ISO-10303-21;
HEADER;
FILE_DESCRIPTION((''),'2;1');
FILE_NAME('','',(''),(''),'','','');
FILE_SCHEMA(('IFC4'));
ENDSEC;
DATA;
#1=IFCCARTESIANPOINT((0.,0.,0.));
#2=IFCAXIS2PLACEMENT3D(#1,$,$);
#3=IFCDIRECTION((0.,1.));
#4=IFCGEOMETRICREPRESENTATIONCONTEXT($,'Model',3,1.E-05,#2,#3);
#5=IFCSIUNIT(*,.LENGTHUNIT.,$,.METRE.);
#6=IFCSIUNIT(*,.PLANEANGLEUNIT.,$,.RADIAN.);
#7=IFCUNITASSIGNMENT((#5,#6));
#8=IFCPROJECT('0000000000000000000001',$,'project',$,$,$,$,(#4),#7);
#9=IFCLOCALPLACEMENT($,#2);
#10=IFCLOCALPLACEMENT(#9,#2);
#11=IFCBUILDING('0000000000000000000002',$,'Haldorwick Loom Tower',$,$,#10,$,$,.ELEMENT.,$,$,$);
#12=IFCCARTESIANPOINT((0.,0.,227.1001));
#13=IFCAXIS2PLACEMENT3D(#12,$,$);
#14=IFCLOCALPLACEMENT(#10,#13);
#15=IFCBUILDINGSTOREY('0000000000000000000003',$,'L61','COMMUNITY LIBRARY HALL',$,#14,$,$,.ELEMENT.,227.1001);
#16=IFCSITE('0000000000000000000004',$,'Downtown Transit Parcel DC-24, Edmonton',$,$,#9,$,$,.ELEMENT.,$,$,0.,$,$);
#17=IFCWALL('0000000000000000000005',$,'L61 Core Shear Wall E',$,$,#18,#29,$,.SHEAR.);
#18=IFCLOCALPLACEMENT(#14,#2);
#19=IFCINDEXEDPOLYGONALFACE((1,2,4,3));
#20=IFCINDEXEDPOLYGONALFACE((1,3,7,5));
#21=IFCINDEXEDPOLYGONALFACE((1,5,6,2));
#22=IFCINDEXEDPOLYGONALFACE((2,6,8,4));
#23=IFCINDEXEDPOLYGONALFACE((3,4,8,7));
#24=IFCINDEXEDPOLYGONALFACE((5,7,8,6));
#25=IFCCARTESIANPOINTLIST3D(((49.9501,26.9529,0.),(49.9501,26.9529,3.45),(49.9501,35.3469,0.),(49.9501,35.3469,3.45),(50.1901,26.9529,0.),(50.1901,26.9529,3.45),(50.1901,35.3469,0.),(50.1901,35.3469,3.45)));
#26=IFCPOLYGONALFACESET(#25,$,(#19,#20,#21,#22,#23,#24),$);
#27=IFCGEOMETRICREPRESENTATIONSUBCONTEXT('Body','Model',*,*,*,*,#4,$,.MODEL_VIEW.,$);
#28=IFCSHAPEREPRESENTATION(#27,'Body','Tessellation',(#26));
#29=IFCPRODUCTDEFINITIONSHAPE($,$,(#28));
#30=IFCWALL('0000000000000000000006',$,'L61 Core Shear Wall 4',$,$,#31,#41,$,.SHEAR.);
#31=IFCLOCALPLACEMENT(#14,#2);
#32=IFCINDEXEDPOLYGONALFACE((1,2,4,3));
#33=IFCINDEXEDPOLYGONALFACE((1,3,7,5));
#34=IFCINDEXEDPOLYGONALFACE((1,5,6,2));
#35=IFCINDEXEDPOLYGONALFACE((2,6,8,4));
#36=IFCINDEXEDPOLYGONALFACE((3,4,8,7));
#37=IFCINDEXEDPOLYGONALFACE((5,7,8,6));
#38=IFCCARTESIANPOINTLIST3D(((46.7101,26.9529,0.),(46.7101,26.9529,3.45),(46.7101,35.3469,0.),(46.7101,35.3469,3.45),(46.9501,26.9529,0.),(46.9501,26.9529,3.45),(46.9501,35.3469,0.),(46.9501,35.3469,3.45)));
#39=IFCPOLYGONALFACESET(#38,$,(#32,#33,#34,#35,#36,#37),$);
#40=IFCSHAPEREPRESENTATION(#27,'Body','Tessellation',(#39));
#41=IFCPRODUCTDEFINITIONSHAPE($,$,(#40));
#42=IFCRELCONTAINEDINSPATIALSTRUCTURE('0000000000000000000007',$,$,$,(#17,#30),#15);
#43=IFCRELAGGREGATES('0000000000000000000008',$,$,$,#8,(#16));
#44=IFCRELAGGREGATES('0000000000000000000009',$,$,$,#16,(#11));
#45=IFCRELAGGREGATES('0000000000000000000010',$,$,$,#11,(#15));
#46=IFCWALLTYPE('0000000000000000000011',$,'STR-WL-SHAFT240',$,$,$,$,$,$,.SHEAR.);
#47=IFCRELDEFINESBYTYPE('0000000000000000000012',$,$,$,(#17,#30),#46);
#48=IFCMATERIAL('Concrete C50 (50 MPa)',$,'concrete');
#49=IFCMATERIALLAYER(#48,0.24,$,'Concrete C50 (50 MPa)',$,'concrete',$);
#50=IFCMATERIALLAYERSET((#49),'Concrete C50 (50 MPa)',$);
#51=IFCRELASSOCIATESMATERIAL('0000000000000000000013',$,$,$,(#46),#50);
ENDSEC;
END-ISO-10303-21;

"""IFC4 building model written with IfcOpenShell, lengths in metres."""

from ifc_helpers import new_model, si_unit, direction, frame, frame_2d, origin, place, context, subcontext, project, spatial, rectangle, extrude, material, layer, layer_set, type_object, element, save


model = new_model("IFC4")

# Units and contexts
model_context = context("Model", 3, precision=1e-05, world=origin(), true_north=direction((0.0, 1.0)))
body_context = subcontext(model_context, "Body", "Model", "MODEL_VIEW")
ifc_project = project(units=[si_unit("LENGTHUNIT", "METRE"), si_unit("PLANEANGLEUNIT", "RADIAN")], contexts=[model_context])

# Site, building, storey
site_placement = place(None, origin())
site = spatial("IfcSite", under=ifc_project, at=site_placement, Name="Downtown Transit Parcel DC-24, Edmonton", CompositionType="ELEMENT", RefElevation=0.0)
building_placement = place(site_placement, origin())
building = spatial("IfcBuilding", under=site, at=building_placement, Name="Haldorwick Loom Tower", CompositionType="ELEMENT")
storey_placement = place(building_placement, frame((0.0, 0.0, 227.1001)))
storey = spatial("IfcBuildingStorey", under=building, at=storey_placement, Name="L61", Description="COMMUNITY LIBRARY HALL", CompositionType="ELEMENT", Elevation=227.1001)

# Walls
ifc_material_1 = material(Name="Concrete C50 (50 MPa)", Category="concrete")
ifc_layer_1 = layer(ifc_material_1, 0.24, Name="Concrete C50 (50 MPa)", Category="concrete")
ifc_layer_set_1 = layer_set([ifc_layer_1], Name="Concrete C50 (50 MPa)")
wall_type_1 = type_object("IfcWallType", Name="STR-WL-SHAFT240", PredefinedType="SHEAR", material=ifc_layer_set_1)
for number, where, z_axis, x_axis, name in (
    (1, (50.0701, 26.9529, 0.0), (0.0, 0.0, 1.0), (0.0, 1.0, 0.0), "L61 Core Shear Wall E"),
    (2, (46.8301, 26.9529, 0.0), (0.0, 0.0, 1.0), (0.0, 1.0, 0.0), "L61 Core Shear Wall 4"),
):
    element("IfcWall", number, at=place(storey_placement, frame(where, z_axis=z_axis, x_axis=x_axis)), inside=storey, type_object=wall_type_1, Name=name, PredefinedType="SHEAR", context=body_context, shape_type="SweptSolid", body=[
        extrude(rectangle(XDim=8.394, YDim=0.24, at=frame_2d((4.197, 0.0))), origin(), (0.0, 0.0, 1.0), 3.45),
    ])

save(model, "model.ifc")
